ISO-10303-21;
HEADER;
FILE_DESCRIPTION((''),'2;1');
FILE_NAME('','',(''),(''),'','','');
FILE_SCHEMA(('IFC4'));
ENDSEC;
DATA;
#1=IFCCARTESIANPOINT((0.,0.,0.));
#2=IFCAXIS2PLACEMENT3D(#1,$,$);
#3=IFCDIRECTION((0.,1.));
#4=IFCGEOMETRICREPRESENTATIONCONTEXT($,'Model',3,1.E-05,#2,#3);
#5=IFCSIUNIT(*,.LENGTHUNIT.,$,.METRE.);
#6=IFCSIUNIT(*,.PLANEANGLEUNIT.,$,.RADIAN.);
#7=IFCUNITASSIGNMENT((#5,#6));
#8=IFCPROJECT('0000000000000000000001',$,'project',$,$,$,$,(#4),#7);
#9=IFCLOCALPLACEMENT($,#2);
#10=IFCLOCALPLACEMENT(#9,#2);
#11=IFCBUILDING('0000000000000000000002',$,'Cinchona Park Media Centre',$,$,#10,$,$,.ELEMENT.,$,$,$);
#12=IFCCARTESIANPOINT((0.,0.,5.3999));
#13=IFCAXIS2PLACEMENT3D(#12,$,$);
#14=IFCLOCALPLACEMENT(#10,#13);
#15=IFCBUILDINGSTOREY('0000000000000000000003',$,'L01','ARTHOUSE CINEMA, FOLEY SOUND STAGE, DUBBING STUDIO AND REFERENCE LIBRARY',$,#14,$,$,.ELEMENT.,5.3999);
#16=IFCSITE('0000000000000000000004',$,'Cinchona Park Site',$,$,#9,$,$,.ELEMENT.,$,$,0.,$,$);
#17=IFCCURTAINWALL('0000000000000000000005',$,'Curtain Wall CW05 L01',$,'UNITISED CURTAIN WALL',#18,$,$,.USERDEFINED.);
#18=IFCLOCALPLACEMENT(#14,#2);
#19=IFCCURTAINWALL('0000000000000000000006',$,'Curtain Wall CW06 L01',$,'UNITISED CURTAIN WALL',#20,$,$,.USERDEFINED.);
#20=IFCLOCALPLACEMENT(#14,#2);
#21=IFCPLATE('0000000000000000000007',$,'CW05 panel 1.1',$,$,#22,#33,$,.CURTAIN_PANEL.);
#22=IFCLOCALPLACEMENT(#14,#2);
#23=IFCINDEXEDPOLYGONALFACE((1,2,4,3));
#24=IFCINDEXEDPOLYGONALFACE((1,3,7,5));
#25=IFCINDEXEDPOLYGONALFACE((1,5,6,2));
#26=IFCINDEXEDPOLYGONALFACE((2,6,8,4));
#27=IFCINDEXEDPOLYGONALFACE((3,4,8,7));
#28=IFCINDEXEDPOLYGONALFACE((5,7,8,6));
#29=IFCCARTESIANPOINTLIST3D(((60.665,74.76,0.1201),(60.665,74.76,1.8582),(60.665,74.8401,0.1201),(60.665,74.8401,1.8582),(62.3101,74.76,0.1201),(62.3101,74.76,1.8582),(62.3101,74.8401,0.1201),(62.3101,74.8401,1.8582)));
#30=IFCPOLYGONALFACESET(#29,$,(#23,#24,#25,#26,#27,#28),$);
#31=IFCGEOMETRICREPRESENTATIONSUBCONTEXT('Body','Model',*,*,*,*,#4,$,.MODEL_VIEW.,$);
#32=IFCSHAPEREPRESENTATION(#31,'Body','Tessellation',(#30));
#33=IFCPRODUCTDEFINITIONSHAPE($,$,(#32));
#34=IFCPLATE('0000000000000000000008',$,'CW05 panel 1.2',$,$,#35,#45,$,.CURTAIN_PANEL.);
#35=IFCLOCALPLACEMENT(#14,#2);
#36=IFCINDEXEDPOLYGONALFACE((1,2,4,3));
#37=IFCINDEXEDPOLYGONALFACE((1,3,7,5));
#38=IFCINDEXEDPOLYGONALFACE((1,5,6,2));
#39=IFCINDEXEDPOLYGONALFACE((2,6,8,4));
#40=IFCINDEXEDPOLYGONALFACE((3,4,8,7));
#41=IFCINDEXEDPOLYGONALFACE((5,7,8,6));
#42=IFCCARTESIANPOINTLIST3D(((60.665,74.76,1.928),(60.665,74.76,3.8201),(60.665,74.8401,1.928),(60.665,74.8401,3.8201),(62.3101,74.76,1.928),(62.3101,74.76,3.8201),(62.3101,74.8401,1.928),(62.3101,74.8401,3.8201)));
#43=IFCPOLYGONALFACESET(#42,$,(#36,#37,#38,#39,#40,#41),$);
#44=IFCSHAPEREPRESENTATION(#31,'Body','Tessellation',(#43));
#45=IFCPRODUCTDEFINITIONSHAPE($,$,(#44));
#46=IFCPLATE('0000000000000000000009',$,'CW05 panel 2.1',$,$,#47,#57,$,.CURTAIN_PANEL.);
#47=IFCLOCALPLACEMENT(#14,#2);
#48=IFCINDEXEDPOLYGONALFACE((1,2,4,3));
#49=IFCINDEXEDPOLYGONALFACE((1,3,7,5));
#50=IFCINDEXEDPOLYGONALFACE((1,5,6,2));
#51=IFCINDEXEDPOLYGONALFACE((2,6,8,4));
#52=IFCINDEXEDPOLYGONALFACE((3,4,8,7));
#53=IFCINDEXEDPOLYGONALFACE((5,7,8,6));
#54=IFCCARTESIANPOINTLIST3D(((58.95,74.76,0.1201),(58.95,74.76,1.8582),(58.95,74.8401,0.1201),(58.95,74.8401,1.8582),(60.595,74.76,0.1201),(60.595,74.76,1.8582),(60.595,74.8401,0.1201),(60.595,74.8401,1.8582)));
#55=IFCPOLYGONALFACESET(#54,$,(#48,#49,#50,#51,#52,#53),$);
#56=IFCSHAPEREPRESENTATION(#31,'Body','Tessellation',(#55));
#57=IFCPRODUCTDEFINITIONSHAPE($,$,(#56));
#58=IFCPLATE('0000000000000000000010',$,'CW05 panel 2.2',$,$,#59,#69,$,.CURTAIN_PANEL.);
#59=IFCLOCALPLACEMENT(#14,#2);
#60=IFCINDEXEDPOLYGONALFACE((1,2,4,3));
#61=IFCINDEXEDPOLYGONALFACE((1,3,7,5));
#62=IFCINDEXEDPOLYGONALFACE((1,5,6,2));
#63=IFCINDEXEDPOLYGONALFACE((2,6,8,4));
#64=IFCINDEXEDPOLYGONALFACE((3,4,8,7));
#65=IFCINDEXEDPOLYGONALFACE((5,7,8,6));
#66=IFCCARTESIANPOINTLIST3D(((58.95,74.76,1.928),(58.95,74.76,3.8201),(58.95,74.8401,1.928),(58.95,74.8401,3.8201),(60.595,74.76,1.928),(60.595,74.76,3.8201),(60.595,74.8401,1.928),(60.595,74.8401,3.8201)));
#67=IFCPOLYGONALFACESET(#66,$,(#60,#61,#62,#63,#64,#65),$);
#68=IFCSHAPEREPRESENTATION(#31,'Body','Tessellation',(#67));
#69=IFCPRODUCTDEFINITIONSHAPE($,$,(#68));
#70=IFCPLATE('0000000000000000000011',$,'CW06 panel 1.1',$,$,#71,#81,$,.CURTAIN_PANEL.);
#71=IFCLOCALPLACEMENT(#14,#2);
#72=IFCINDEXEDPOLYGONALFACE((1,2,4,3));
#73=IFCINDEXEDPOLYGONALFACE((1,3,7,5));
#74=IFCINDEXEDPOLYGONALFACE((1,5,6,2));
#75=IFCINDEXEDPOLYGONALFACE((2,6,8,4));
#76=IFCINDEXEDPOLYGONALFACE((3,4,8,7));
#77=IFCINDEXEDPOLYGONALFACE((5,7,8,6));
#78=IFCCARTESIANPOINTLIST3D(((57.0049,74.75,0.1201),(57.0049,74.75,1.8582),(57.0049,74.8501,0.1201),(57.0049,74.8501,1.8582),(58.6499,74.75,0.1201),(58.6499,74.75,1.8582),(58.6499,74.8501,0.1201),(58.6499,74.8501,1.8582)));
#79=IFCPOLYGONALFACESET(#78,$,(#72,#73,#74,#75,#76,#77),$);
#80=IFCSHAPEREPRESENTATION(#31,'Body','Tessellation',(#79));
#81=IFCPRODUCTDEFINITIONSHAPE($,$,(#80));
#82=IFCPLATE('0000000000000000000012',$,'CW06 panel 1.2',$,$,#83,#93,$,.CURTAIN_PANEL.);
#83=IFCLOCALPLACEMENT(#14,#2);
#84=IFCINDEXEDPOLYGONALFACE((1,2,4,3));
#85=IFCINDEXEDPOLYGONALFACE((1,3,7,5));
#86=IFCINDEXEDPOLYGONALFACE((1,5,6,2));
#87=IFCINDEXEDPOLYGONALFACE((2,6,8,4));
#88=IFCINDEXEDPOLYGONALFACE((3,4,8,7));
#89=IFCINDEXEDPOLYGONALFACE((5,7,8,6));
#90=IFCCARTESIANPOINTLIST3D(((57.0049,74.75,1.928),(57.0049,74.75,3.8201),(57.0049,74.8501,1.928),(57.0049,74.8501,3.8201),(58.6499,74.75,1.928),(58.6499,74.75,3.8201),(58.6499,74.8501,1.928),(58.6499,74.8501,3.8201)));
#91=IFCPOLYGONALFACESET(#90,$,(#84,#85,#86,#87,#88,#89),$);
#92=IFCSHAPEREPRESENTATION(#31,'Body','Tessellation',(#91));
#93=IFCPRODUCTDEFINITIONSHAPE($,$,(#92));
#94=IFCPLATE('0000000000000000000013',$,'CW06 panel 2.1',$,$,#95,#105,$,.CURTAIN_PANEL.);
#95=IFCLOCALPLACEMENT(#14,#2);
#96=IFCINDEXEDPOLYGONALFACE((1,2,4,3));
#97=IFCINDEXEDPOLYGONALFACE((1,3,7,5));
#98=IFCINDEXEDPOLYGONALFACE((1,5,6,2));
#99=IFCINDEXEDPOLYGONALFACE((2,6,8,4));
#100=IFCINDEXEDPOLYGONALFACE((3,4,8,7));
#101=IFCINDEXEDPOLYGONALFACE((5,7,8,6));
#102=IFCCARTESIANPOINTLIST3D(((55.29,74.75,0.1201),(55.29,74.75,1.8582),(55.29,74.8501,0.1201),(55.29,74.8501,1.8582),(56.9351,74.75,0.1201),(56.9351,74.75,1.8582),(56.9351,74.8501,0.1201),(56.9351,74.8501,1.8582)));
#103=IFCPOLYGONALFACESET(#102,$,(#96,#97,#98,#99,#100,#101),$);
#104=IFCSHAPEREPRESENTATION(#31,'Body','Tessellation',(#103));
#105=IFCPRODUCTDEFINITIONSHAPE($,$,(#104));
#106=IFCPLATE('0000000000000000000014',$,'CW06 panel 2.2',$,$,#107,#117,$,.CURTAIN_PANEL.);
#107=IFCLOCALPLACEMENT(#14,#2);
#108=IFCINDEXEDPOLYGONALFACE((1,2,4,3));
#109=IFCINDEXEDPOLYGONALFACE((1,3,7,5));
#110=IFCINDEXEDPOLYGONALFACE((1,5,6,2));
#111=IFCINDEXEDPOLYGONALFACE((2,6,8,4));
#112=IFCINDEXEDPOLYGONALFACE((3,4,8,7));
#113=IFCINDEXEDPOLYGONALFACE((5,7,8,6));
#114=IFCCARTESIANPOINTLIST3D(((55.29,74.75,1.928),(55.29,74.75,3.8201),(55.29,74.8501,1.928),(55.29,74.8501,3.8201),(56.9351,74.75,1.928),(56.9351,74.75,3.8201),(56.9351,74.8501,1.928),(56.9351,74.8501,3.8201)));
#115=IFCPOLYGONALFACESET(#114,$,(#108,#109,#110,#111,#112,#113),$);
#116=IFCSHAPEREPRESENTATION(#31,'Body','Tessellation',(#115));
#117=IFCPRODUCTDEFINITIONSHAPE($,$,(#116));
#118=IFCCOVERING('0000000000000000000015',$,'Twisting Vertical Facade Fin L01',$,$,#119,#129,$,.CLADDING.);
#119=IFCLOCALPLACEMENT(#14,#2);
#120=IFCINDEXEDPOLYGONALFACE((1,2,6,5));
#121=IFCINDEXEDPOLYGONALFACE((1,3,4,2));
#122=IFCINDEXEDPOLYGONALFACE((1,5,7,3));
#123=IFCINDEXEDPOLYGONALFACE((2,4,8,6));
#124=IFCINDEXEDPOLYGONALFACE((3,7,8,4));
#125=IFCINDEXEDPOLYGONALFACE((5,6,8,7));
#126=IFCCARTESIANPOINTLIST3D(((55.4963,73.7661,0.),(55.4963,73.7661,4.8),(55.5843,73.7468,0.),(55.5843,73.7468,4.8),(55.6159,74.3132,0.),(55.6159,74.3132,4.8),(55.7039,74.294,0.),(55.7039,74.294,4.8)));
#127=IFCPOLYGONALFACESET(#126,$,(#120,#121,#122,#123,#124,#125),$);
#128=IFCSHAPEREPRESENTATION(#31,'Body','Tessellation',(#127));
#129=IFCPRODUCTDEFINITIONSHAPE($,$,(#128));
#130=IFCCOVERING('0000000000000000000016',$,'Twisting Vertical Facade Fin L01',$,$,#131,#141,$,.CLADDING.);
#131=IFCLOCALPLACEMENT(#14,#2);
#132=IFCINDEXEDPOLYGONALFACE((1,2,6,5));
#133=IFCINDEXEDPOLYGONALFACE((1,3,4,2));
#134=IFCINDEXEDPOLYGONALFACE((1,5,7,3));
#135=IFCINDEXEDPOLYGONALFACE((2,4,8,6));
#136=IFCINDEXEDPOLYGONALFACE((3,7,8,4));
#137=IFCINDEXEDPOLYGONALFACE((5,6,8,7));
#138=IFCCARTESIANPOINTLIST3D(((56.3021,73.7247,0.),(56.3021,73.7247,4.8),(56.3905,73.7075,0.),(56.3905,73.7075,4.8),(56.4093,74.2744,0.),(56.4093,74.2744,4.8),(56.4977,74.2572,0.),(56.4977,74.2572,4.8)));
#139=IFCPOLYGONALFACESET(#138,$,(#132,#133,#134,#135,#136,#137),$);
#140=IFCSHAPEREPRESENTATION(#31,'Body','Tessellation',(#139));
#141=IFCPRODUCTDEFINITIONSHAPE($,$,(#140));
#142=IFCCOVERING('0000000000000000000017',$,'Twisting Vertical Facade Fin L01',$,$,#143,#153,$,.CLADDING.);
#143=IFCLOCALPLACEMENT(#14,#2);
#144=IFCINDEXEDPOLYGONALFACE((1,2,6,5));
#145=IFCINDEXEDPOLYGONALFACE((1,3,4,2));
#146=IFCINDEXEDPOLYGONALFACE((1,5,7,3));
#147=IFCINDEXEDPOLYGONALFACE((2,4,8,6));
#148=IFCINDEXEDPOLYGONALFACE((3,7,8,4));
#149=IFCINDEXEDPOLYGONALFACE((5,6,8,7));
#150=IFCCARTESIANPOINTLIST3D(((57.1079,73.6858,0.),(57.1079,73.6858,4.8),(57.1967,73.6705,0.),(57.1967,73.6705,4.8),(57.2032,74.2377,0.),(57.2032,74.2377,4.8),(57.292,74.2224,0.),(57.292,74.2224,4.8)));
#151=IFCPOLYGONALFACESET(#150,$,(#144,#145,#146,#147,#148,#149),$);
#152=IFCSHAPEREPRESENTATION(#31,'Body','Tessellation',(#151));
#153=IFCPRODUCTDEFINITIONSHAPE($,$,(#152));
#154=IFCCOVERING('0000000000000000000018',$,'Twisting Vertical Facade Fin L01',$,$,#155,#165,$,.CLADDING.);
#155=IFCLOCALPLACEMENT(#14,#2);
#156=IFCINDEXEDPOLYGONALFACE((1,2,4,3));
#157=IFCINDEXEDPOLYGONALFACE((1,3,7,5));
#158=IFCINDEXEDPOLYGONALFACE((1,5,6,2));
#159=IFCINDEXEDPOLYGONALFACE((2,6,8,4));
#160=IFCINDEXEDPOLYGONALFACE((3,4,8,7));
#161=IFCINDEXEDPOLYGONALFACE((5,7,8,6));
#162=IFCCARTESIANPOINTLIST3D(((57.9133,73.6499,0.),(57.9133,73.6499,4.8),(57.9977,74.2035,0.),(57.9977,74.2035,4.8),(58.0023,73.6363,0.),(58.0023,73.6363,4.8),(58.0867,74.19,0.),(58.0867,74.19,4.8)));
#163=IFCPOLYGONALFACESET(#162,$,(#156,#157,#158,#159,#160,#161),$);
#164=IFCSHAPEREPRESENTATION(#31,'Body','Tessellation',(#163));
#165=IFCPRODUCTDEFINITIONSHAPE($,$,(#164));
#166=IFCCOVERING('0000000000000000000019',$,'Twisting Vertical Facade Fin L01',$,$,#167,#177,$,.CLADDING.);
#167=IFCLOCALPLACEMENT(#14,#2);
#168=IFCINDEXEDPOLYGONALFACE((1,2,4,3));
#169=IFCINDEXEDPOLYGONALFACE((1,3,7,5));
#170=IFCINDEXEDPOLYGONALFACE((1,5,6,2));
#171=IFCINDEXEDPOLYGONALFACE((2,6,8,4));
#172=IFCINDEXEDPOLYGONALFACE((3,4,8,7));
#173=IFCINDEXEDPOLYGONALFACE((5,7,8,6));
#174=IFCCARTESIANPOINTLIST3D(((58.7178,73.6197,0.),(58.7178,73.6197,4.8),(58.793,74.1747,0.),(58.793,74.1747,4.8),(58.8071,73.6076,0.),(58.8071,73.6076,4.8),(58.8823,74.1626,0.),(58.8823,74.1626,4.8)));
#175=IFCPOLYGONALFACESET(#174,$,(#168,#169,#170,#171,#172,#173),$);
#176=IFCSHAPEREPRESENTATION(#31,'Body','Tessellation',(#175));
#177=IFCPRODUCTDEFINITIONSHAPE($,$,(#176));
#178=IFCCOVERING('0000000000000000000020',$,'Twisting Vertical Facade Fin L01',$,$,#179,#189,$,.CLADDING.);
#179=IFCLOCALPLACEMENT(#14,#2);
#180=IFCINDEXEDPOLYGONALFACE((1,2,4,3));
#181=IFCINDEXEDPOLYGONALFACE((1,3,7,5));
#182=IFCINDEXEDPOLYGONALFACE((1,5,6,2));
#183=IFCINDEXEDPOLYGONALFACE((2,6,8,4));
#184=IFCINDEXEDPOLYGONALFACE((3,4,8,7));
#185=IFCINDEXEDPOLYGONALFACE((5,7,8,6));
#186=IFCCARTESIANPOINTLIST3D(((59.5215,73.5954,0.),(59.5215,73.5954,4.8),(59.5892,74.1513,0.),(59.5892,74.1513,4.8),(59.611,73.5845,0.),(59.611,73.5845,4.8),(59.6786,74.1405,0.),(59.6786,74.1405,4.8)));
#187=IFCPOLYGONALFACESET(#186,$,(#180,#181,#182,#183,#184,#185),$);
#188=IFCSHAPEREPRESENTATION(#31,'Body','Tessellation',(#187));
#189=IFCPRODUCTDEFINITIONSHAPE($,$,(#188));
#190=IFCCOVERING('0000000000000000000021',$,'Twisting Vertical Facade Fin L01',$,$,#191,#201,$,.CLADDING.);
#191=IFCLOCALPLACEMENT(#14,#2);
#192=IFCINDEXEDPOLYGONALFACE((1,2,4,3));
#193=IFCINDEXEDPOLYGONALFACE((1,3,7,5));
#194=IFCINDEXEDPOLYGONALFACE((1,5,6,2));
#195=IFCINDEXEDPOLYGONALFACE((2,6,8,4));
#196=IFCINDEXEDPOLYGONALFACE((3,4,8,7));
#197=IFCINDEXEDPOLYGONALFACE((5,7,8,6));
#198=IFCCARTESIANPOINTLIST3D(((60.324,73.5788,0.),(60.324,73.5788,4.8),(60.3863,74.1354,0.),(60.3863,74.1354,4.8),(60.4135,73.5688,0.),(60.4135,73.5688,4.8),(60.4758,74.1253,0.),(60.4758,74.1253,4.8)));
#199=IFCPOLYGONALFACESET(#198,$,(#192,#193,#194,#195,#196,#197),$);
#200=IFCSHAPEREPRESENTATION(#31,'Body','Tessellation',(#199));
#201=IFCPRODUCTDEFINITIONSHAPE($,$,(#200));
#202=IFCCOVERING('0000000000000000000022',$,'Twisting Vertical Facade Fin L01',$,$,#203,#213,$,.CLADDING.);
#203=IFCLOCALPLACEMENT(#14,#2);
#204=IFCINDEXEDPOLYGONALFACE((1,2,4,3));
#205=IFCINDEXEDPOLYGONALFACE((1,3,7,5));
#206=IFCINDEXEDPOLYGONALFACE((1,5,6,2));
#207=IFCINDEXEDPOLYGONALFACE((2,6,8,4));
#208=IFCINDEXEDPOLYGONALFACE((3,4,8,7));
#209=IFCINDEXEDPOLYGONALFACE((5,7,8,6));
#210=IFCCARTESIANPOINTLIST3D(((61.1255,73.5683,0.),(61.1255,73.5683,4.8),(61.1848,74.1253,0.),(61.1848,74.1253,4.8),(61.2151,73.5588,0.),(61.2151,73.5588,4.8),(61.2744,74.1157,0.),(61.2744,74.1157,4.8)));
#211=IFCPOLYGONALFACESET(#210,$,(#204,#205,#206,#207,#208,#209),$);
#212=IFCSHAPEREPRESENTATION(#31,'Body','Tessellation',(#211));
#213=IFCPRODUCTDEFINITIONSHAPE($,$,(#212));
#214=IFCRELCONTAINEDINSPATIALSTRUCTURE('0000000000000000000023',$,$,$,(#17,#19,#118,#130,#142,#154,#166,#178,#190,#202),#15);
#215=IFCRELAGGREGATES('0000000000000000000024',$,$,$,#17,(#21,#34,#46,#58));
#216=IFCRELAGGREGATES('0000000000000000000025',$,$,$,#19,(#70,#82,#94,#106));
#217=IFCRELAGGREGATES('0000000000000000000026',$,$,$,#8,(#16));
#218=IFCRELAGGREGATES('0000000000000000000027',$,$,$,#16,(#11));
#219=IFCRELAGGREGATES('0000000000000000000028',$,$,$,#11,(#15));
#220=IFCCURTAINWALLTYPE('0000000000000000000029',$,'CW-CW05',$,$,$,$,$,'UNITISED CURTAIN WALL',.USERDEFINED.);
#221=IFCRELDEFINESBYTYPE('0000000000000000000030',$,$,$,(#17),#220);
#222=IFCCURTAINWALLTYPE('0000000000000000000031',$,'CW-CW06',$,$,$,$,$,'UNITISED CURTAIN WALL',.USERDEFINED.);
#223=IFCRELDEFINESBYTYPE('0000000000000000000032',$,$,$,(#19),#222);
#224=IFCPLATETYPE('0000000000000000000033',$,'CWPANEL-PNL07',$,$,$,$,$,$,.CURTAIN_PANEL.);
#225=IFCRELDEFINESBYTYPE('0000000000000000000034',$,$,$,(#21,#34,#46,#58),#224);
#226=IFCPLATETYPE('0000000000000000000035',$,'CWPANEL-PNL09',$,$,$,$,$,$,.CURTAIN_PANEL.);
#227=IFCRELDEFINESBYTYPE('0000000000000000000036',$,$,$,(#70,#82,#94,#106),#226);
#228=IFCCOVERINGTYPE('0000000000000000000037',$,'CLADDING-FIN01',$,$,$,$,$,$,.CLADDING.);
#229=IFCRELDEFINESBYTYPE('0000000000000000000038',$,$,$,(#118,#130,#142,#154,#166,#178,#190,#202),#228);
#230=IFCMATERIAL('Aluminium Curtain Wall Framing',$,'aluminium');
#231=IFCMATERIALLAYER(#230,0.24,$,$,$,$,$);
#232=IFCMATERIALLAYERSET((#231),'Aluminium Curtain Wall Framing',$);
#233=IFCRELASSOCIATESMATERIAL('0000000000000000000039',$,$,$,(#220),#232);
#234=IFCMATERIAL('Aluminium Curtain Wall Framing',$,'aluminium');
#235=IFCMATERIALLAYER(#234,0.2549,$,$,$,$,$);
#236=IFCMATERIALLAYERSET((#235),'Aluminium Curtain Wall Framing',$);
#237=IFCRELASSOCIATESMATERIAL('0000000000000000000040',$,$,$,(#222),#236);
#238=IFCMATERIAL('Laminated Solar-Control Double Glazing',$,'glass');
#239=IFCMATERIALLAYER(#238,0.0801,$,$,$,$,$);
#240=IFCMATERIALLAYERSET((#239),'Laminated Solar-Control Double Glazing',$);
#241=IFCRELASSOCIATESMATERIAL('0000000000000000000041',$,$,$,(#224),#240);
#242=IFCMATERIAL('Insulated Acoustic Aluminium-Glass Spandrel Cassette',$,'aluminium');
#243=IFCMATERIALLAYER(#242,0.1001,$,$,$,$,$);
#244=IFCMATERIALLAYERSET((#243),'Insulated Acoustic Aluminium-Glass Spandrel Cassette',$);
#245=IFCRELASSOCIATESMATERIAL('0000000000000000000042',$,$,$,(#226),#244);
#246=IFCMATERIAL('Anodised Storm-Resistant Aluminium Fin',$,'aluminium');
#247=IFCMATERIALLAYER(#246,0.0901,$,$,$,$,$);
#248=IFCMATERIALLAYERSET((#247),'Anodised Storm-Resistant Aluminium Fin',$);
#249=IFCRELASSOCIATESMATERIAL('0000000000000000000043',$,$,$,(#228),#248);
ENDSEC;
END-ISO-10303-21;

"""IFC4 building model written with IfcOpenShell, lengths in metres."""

from ifc_helpers import new_model, si_unit, direction, frame, origin, origin_2d, place, context, subcontext, project, spatial, rectangle, extrude, material, layer, layer_set, type_object, element, aggregate, save


model = new_model("IFC4")

# Units and contexts
model_context = context("Model", 3, precision=1e-05, world=origin(), true_north=direction((0.0, 1.0)))
body_context = subcontext(model_context, "Body", "Model", "MODEL_VIEW")
ifc_project = project(units=[si_unit("LENGTHUNIT", "METRE"), si_unit("PLANEANGLEUNIT", "RADIAN")], contexts=[model_context])

# Site, building, storey
site_placement = place(None, origin())
site = spatial("IfcSite", under=ifc_project, at=site_placement, Name="Cinchona Park Site", CompositionType="ELEMENT", RefElevation=0.0)
building_placement = place(site_placement, origin())
building = spatial("IfcBuilding", under=site, at=building_placement, Name="Cinchona Park Media Centre", CompositionType="ELEMENT")
storey_placement = place(building_placement, frame((0.0, 0.0, 5.3999)))
storey = spatial("IfcBuildingStorey", under=building, at=storey_placement, Name="L01", Description="ARTHOUSE CINEMA, FOLEY SOUND STAGE, DUBBING STUDIO AND REFERENCE LIBRARY", CompositionType="ELEMENT", Elevation=5.3999)

# Curtain walls
ifc_material_1 = material(Name="Aluminium Curtain Wall Framing", Category="aluminium")
ifc_layer_1 = layer(ifc_material_1, 0.24)
ifc_layer_set_1 = layer_set([ifc_layer_1], Name="Aluminium Curtain Wall Framing")
curtain_wall_type_1 = type_object("IfcCurtainWallType", Name="CW-CW05", ElementType="UNITISED CURTAIN WALL", PredefinedType="USERDEFINED", material=ifc_layer_set_1)
curtain_wall_1_placement = place(storey_placement, origin())
curtain_wall_1 = element("IfcCurtainWall", 1, at=curtain_wall_1_placement, inside=storey, type_object=curtain_wall_type_1, Name="Curtain Wall CW05 L01", ObjectType="UNITISED CURTAIN WALL", PredefinedType="USERDEFINED")
ifc_material_2 = material(Name="Aluminium Curtain Wall Framing", Category="aluminium")
ifc_layer_2 = layer(ifc_material_2, 0.2549)
ifc_layer_set_2 = layer_set([ifc_layer_2], Name="Aluminium Curtain Wall Framing")
curtain_wall_type_2 = type_object("IfcCurtainWallType", Name="CW-CW06", ElementType="UNITISED CURTAIN WALL", PredefinedType="USERDEFINED", material=ifc_layer_set_2)
curtain_wall_2_placement = place(storey_placement, origin())
curtain_wall_2 = element("IfcCurtainWall", 2, at=curtain_wall_2_placement, inside=storey, type_object=curtain_wall_type_2, Name="Curtain Wall CW06 L01", ObjectType="UNITISED CURTAIN WALL", PredefinedType="USERDEFINED")

# Plates
ifc_material_3 = material(Name="Laminated Solar-Control Double Glazing", Category="glass")
ifc_layer_3 = layer(ifc_material_3, 0.0801)
ifc_layer_set_3 = layer_set([ifc_layer_3], Name="Laminated Solar-Control Double Glazing")
plate_type_1 = type_object("IfcPlateType", Name="CWPANEL-PNL07", PredefinedType="CURTAIN_PANEL", material=ifc_layer_set_3)
plate_1_placement = place(storey_placement, frame((61.4875, 74.8, 0.1201), z_axis=(0.0, 0.0, 1.0), x_axis=(-1.0, 0.0, 0.0)))
plate_1 = element("IfcPlate", 3, at=plate_1_placement, type_object=plate_type_1, Name="CW05 panel 1.1", PredefinedType="CURTAIN_PANEL", context=body_context, shape_type="SweptSolid", body=[
    extrude(rectangle(XDim=1.645, YDim=0.0801, at=origin_2d()), origin(), (0.0, 0.0, 1.0), 1.738),
])
plate_2_placement = place(storey_placement, frame((61.4875, 74.8, 1.928), z_axis=(0.0, 0.0, 1.0), x_axis=(-1.0, 0.0, 0.0)))
plate_2 = element("IfcPlate", 4, at=plate_2_placement, type_object=plate_type_1, Name="CW05 panel 1.2", PredefinedType="CURTAIN_PANEL", context=body_context, shape_type="SweptSolid", body=[
    extrude(rectangle(XDim=1.645, YDim=0.0801, at=origin_2d()), origin(), (0.0, 0.0, 1.0), 1.8921),
])
plate_3_placement = place(storey_placement, frame((59.7725, 74.8, 0.1201), z_axis=(0.0, 0.0, 1.0), x_axis=(-1.0, 0.0, 0.0)))
plate_3 = element("IfcPlate", 5, at=plate_3_placement, type_object=plate_type_1, Name="CW05 panel 2.1", PredefinedType="CURTAIN_PANEL", context=body_context, shape_type="SweptSolid", body=[
    extrude(rectangle(XDim=1.645, YDim=0.0801, at=origin_2d()), origin(), (0.0, 0.0, 1.0), 1.738),
])
plate_4_placement = place(storey_placement, frame((59.7725, 74.8, 1.928), z_axis=(0.0, 0.0, 1.0), x_axis=(-1.0, 0.0, 0.0)))
plate_4 = element("IfcPlate", 6, at=plate_4_placement, type_object=plate_type_1, Name="CW05 panel 2.2", PredefinedType="CURTAIN_PANEL", context=body_context, shape_type="SweptSolid", body=[
    extrude(rectangle(XDim=1.645, YDim=0.0801, at=origin_2d()), origin(), (0.0, 0.0, 1.0), 1.8921),
])
aggregate(curtain_wall_1, [plate_1, plate_2, plate_3, plate_4])
ifc_material_4 = material(Name="Insulated Acoustic Aluminium-Glass Spandrel Cassette", Category="aluminium")
ifc_layer_4 = layer(ifc_material_4, 0.1001)
ifc_layer_set_4 = layer_set([ifc_layer_4], Name="Insulated Acoustic Aluminium-Glass Spandrel Cassette")
plate_type_2 = type_object("IfcPlateType", Name="CWPANEL-PNL09", PredefinedType="CURTAIN_PANEL", material=ifc_layer_set_4)
plate_5_placement = place(storey_placement, frame((57.8274, 74.8, 0.1201), z_axis=(0.0, 0.0, 1.0), x_axis=(-1.0, 0.0, 0.0)))
plate_5 = element("IfcPlate", 7, at=plate_5_placement, type_object=plate_type_2, Name="CW06 panel 1.1", PredefinedType="CURTAIN_PANEL", context=body_context, shape_type="SweptSolid", body=[
    extrude(rectangle(XDim=1.645, YDim=0.1001, at=origin_2d()), origin(), (0.0, 0.0, 1.0), 1.738),
])
plate_6_placement = place(storey_placement, frame((57.8274, 74.8, 1.928), z_axis=(0.0, 0.0, 1.0), x_axis=(-1.0, 0.0, 0.0)))
plate_6 = element("IfcPlate", 8, at=plate_6_placement, type_object=plate_type_2, Name="CW06 panel 1.2", PredefinedType="CURTAIN_PANEL", context=body_context, shape_type="SweptSolid", body=[
    extrude(rectangle(XDim=1.645, YDim=0.1001, at=origin_2d()), origin(), (0.0, 0.0, 1.0), 1.8921),
])
plate_7_placement = place(storey_placement, frame((56.1125, 74.8, 0.1201), z_axis=(0.0, 0.0, 1.0), x_axis=(-1.0, 0.0, 0.0)))
plate_7 = element("IfcPlate", 9, at=plate_7_placement, type_object=plate_type_2, Name="CW06 panel 2.1", PredefinedType="CURTAIN_PANEL", context=body_context, shape_type="SweptSolid", body=[
    extrude(rectangle(XDim=1.645, YDim=0.1001, at=origin_2d()), origin(), (0.0, 0.0, 1.0), 1.738),
])
plate_8_placement = place(storey_placement, frame((56.1125, 74.8, 1.928), z_axis=(0.0, 0.0, 1.0), x_axis=(-1.0, 0.0, 0.0)))
plate_8 = element("IfcPlate", 10, at=plate_8_placement, type_object=plate_type_2, Name="CW06 panel 2.2", PredefinedType="CURTAIN_PANEL", context=body_context, shape_type="SweptSolid", body=[
    extrude(rectangle(XDim=1.645, YDim=0.1001, at=origin_2d()), origin(), (0.0, 0.0, 1.0), 1.8921),
])
aggregate(curtain_wall_2, [plate_5, plate_6, plate_7, plate_8])

# Coverings
ifc_material_5 = material(Name="Anodised Storm-Resistant Aluminium Fin", Category="aluminium")
ifc_layer_5 = layer(ifc_material_5, 0.0901)
ifc_layer_set_5 = layer_set([ifc_layer_5], Name="Anodised Storm-Resistant Aluminium Fin")
covering_type = type_object("IfcCoveringType", Name="CLADDING-FIN01", PredefinedType="CLADDING", material=ifc_layer_set_5)
for number, where, z_axis, x_axis, name in (
    (11, (55.6001, 74.03, 0.0), (0.0, 0.0, 1.0), (0.213542, 0.976934, 0.0), "Twisting Vertical Facade Fin L01"),
    (12, (56.3999, 73.991, 0.0), (0.0, 0.0, 1.0), (0.191323, 0.981527, 0.0), "Twisting Vertical Facade Fin L01"),
    (13, (57.2, 73.9541, 0.0), (0.0, 0.0, 1.0), (0.170038, 0.985438, 0.0), "Twisting Vertical Facade Fin L01"),
    (14, (58.0, 73.9199, 0.0), (0.0, 0.0, 1.0), (0.150743, 0.988573, 0.0), "Twisting Vertical Facade Fin L01"),
    (15, (58.8, 73.8911, 0.0), (0.0, 0.0, 1.0), (0.134159, 0.99096, 0.0), "Twisting Vertical Facade Fin L01"),
    (16, (59.6001, 73.8679, 0.0), (0.0, 0.0, 1.0), (0.12083, 0.992673, 0.0), "Twisting Vertical Facade Fin L01"),
    (17, (60.3999, 73.8521, 0.0), (0.0, 0.0, 1.0), (0.111122, 0.993807, 0.0), "Twisting Vertical Facade Fin L01"),
    (18, (61.2, 73.842, 0.0), (0.0, 0.0, 1.0), (0.105743, 0.994393, 0.0), "Twisting Vertical Facade Fin L01"),
):
    element("IfcCovering", number, at=place(storey_placement, frame(where, z_axis=z_axis, x_axis=x_axis)), inside=storey, type_object=covering_type, Name=name, PredefinedType="CLADDING", context=body_context, shape_type="SweptSolid", body=[
        extrude(rectangle(XDim=0.5601, YDim=0.0901, at=origin_2d()), origin(), (0.0, 0.0, 1.0), 4.8),
    ])

save(model, "model.ifc")
